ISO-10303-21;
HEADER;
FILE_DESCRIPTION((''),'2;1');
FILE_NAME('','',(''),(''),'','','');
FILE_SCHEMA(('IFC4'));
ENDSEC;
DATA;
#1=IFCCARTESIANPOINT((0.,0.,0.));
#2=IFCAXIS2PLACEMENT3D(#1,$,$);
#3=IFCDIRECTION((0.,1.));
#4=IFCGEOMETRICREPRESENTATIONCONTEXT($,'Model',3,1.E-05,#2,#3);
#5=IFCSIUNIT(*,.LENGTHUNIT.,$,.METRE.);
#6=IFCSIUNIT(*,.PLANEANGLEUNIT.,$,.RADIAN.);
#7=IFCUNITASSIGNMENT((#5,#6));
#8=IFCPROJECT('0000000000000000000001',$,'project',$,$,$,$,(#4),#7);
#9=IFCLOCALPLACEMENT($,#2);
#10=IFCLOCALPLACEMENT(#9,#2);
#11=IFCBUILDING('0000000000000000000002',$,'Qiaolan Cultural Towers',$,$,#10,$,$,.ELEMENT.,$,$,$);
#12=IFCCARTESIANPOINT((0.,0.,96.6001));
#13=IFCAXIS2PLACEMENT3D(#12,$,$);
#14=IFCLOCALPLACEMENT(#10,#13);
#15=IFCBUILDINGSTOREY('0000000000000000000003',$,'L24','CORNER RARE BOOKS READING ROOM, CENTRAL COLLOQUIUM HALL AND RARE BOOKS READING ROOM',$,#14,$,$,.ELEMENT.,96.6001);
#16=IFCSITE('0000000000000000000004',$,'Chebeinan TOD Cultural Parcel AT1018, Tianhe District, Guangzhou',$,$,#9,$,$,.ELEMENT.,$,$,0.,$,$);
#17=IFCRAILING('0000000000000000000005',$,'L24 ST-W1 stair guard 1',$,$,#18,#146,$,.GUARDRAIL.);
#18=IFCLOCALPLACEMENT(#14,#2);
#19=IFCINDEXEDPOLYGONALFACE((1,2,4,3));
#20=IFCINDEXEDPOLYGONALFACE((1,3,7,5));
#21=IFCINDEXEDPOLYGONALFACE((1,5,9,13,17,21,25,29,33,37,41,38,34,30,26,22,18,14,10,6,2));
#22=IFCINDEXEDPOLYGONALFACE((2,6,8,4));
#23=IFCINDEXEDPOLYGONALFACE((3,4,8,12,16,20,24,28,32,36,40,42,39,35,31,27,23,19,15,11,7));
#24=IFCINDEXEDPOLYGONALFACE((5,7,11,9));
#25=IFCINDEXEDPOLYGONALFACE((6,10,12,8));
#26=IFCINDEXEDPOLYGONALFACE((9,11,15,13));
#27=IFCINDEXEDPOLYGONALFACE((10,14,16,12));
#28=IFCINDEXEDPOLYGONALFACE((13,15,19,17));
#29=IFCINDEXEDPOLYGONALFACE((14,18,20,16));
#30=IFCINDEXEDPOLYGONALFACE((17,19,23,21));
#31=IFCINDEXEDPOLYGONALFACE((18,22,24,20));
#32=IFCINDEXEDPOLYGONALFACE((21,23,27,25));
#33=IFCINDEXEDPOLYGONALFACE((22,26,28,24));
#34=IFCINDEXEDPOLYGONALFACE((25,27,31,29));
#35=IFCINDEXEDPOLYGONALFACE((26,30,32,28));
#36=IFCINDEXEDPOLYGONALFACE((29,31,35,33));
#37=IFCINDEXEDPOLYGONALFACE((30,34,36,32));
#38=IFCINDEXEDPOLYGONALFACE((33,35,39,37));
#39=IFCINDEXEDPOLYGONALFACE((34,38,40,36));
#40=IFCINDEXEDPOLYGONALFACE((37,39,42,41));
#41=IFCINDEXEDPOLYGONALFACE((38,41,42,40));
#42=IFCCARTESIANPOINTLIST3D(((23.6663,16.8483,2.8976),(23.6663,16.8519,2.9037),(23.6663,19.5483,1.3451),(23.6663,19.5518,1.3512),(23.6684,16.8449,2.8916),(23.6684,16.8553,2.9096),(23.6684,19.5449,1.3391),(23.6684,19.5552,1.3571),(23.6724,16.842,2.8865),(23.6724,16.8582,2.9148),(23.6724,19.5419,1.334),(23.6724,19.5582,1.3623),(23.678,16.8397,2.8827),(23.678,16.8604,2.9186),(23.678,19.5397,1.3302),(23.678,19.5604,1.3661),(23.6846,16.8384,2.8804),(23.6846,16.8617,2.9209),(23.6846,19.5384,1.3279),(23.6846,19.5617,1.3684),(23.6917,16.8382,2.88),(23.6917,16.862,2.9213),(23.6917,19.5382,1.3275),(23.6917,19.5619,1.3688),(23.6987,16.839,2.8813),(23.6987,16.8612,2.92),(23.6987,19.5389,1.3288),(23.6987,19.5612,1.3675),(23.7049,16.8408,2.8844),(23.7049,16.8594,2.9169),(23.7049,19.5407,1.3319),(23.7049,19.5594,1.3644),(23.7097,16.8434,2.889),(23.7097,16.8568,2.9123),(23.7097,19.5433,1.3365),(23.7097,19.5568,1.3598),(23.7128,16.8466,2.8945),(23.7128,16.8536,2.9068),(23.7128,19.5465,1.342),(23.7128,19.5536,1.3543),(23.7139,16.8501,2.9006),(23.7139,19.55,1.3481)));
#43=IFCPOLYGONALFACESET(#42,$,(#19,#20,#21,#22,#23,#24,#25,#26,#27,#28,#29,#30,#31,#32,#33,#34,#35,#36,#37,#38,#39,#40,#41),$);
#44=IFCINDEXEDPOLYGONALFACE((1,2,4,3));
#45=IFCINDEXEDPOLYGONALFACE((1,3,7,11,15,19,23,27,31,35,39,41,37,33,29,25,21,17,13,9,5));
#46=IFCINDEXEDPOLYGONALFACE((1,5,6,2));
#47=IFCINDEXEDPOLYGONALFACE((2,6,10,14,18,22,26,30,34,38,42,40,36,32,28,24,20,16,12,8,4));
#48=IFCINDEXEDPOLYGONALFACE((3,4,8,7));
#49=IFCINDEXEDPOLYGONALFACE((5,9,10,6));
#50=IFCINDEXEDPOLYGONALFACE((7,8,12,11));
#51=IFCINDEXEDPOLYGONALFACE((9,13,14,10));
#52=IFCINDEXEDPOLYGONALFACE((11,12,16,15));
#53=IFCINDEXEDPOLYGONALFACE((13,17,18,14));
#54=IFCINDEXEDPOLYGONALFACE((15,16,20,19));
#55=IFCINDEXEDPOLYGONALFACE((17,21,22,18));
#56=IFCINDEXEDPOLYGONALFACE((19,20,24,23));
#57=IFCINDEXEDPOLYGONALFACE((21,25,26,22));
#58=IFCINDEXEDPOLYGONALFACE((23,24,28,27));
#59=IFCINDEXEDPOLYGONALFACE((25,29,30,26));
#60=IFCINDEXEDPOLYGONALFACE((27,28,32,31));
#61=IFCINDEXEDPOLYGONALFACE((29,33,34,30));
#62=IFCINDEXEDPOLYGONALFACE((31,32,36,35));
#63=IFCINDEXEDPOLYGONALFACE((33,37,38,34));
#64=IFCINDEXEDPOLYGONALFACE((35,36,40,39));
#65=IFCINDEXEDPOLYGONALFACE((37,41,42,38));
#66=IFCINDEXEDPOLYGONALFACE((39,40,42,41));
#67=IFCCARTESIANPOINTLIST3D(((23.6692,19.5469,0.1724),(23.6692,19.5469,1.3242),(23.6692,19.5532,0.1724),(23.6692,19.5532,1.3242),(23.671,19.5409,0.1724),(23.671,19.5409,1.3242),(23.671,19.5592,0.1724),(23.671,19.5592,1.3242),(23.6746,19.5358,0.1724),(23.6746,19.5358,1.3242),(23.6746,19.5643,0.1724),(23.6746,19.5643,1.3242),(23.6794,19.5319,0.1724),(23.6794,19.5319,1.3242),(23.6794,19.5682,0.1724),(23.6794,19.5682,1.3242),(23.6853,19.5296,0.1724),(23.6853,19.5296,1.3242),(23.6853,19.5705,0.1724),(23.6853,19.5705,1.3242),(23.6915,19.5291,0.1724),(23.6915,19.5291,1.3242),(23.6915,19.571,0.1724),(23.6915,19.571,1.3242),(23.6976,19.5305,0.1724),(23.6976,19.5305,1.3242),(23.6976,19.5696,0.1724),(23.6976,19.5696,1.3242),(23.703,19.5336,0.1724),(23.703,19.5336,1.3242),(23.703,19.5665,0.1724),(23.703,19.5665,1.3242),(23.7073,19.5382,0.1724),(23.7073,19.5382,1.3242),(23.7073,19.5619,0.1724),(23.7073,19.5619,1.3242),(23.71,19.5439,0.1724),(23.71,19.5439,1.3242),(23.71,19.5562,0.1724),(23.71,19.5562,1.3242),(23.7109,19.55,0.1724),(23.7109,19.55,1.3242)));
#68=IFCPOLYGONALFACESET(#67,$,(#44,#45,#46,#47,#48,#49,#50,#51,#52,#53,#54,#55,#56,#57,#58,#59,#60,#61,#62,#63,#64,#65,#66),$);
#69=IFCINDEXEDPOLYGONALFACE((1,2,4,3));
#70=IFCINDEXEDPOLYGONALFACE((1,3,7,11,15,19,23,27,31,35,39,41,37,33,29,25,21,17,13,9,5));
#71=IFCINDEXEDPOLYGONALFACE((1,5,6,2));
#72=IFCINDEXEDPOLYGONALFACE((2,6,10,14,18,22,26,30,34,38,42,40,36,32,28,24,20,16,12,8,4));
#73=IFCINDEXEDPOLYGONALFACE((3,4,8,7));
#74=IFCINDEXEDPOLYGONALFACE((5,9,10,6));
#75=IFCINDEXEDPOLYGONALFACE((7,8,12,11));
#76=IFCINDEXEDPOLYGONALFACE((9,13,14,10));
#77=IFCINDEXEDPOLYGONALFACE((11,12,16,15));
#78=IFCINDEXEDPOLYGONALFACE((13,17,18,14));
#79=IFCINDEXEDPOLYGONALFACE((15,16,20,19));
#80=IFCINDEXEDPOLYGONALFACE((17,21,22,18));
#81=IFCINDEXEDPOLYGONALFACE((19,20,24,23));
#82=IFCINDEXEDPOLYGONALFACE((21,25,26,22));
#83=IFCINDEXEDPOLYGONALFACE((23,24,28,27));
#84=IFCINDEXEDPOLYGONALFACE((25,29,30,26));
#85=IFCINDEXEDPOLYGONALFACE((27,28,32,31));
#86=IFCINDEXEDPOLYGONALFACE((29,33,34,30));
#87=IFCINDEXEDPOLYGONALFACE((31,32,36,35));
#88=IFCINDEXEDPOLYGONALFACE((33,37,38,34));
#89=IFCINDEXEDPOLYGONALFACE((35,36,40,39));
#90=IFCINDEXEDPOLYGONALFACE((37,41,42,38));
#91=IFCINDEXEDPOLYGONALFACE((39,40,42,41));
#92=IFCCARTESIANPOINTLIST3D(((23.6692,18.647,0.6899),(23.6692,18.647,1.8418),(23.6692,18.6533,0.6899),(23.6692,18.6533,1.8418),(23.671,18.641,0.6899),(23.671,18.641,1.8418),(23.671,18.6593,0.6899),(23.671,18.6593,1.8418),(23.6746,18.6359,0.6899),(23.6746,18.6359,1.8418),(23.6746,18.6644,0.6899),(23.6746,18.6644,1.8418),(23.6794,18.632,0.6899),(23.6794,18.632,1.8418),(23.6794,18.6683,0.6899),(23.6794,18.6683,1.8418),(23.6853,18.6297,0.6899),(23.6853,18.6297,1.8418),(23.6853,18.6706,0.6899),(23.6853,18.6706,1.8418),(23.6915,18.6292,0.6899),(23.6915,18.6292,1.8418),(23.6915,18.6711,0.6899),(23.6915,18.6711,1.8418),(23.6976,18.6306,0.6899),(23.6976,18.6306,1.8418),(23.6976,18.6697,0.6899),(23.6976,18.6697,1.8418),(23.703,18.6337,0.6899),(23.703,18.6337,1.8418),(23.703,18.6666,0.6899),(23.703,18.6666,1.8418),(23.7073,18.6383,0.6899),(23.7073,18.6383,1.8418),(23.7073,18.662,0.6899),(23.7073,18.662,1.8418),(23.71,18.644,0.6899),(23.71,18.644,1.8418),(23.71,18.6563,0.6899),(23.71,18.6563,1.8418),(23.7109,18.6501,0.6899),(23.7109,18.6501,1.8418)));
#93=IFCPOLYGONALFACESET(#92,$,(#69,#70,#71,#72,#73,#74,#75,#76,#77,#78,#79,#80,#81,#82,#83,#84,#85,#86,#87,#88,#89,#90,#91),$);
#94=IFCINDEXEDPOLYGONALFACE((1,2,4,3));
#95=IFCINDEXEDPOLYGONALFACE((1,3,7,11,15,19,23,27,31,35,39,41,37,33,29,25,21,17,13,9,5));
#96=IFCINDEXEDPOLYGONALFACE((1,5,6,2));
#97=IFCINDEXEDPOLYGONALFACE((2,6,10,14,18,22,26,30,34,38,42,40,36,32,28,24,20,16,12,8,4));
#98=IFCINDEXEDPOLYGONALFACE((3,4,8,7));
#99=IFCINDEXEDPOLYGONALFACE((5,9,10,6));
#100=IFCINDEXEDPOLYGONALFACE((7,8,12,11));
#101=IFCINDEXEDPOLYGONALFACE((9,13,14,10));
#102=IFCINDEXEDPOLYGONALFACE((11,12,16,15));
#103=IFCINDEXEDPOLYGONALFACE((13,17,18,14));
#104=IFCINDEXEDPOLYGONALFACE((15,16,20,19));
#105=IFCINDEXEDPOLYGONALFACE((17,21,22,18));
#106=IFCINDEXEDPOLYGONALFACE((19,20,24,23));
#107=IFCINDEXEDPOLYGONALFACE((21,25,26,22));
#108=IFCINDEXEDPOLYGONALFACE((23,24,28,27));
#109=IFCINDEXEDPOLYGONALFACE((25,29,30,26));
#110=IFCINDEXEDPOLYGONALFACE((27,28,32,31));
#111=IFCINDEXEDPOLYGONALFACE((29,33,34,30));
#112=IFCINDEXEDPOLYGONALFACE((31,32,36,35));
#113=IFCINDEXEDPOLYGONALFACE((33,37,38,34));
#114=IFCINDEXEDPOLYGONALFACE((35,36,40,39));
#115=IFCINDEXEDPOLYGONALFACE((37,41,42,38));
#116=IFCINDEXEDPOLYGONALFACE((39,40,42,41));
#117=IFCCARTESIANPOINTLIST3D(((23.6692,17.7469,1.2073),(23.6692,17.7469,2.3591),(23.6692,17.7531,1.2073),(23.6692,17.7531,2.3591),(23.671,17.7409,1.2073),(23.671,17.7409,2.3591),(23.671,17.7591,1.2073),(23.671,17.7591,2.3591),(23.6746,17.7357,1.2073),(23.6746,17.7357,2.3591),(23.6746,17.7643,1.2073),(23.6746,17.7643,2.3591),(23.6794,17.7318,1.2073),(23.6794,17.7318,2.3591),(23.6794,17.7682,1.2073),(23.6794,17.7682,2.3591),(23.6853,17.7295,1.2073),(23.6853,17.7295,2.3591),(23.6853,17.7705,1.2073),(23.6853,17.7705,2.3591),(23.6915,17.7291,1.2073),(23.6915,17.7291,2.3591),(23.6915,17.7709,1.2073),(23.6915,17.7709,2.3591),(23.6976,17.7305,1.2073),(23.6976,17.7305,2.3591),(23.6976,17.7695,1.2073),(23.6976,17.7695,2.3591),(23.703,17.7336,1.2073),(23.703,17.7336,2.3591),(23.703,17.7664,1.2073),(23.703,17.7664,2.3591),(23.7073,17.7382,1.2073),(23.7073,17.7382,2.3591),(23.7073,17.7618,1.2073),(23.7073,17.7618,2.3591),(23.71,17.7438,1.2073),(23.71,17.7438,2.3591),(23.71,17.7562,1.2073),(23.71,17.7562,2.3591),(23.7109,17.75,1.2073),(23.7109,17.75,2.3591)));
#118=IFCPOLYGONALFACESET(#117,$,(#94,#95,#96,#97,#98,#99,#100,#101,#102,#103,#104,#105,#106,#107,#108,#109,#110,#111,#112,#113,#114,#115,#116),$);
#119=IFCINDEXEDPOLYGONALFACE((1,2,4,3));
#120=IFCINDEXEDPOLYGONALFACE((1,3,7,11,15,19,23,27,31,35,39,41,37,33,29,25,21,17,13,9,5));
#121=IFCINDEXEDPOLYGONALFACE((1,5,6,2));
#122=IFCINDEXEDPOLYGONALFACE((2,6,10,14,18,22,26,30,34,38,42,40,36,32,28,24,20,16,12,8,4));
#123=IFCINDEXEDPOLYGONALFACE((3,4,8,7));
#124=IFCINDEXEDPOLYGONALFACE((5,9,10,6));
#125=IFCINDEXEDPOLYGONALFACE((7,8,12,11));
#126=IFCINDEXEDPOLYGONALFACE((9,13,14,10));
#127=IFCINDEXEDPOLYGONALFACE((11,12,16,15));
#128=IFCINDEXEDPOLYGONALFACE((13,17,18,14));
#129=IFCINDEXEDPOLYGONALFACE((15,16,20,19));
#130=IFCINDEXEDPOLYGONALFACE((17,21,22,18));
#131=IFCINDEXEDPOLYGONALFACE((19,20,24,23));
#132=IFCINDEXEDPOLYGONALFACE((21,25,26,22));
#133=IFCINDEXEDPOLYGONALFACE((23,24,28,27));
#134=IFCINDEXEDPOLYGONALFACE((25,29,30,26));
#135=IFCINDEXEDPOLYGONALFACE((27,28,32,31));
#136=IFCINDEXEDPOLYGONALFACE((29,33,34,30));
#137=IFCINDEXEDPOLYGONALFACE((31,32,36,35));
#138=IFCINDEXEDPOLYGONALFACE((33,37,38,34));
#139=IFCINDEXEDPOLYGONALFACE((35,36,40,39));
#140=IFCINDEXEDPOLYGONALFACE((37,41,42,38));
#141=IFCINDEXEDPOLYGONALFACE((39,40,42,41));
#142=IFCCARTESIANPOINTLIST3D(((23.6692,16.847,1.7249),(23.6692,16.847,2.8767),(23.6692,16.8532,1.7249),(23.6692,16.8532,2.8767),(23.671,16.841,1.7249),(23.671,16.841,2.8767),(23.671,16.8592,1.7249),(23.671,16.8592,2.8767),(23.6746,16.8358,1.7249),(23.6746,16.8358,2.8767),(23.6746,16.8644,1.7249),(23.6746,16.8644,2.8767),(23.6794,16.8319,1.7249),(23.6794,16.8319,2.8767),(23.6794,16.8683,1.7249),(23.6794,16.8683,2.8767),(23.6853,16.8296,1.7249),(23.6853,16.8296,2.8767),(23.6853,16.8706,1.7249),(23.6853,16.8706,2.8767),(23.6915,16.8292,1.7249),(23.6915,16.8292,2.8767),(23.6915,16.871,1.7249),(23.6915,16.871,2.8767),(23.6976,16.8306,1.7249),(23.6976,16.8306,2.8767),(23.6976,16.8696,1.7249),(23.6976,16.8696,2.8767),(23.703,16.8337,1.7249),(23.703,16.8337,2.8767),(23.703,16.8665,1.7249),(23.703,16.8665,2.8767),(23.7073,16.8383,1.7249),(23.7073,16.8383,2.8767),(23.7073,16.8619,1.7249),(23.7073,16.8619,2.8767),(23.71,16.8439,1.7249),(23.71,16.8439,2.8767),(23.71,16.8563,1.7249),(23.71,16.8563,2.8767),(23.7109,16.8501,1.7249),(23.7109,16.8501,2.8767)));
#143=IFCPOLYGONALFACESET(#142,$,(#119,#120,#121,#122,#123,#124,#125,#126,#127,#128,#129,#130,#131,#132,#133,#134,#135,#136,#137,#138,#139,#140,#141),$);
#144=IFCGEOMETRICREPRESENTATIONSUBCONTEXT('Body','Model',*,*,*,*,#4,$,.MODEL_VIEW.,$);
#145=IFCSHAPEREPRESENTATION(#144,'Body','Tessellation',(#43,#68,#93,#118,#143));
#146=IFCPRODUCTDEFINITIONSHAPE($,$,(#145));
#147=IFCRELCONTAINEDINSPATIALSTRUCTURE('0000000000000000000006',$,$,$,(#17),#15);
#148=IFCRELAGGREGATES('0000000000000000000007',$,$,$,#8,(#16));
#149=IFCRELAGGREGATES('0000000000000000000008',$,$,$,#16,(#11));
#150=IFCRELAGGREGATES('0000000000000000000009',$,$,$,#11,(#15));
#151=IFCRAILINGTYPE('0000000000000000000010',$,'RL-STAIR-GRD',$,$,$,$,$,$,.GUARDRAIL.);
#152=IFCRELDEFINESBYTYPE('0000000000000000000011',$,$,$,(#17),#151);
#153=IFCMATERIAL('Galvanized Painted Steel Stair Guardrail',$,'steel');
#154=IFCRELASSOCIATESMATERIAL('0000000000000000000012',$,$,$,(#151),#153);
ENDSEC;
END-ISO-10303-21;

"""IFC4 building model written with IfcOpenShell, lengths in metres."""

from ifc_helpers import new_model, si_unit, direction, frame, origin, origin_2d, place, context, subcontext, project, spatial, circle, extrude, material, type_object, element, save


model = new_model("IFC4")

# Units and contexts
model_context = context("Model", 3, precision=1e-05, world=origin(), true_north=direction((0.0, 1.0)))
body_context = subcontext(model_context, "Body", "Model", "MODEL_VIEW")
ifc_project = project(units=[si_unit("LENGTHUNIT", "METRE"), si_unit("PLANEANGLEUNIT", "RADIAN")], contexts=[model_context])

# Site, building, storey
site_placement = place(None, origin())
site = spatial("IfcSite", under=ifc_project, at=site_placement, Name="Chebeinan TOD Cultural Parcel AT1018, Tianhe District, Guangzhou", CompositionType="ELEMENT", RefElevation=0.0)
building_placement = place(site_placement, origin())
building = spatial("IfcBuilding", under=site, at=building_placement, Name="Qiaolan Cultural Towers", CompositionType="ELEMENT")
storey_placement = place(building_placement, frame((0.0, 0.0, 96.6001)))
storey = spatial("IfcBuildingStorey", under=building, at=storey_placement, Name="L24", Description="CORNER RARE BOOKS READING ROOM, CENTRAL COLLOQUIUM HALL AND RARE BOOKS READING ROOM", CompositionType="ELEMENT", Elevation=96.6001)

# Railing
ifc_material_1 = material(Name="Galvanized Painted Steel Stair Guardrail", Category="steel")
railing_type_1 = type_object("IfcRailingType", Name="RL-STAIR-GRD", PredefinedType="GUARDRAIL", material=ifc_material_1)
railing_1_placement = place(storey_placement, frame((23.6899, 19.55, 0.1724)))
element("IfcRailing", 1, at=railing_1_placement, inside=storey, type_object=railing_type_1, Name="L24 ST-W1 stair guard 1", PredefinedType="GUARDRAIL", context=body_context, shape_type="SweptSolid", body=[
    extrude(circle(Radius=0.0239, at=origin_2d()), frame((0.0, 0.0, 1.1758), z_axis=(0.0, -0.866904, 0.498476), x_axis=(1.0, 0.0, 0.0)), (0.0, 0.0, 1.0), 3.1145),
    extrude(circle(Radius=0.021, at=origin_2d()), origin(), (0.0, 0.0, 1.0), 1.1519),
    extrude(circle(Radius=0.021, at=origin_2d()), frame((0.0, -0.8999, 0.5176)), (0.0, 0.0, 1.0), 1.1519),
    extrude(circle(Radius=0.021, at=origin_2d()), frame((0.0, -1.8, 1.0349)), (0.0, 0.0, 1.0), 1.1519),
    extrude(circle(Radius=0.021, at=origin_2d()), frame((0.0, -2.7, 1.5525)), (0.0, 0.0, 1.0), 1.1519),
])

save(model, "model.ifc")
